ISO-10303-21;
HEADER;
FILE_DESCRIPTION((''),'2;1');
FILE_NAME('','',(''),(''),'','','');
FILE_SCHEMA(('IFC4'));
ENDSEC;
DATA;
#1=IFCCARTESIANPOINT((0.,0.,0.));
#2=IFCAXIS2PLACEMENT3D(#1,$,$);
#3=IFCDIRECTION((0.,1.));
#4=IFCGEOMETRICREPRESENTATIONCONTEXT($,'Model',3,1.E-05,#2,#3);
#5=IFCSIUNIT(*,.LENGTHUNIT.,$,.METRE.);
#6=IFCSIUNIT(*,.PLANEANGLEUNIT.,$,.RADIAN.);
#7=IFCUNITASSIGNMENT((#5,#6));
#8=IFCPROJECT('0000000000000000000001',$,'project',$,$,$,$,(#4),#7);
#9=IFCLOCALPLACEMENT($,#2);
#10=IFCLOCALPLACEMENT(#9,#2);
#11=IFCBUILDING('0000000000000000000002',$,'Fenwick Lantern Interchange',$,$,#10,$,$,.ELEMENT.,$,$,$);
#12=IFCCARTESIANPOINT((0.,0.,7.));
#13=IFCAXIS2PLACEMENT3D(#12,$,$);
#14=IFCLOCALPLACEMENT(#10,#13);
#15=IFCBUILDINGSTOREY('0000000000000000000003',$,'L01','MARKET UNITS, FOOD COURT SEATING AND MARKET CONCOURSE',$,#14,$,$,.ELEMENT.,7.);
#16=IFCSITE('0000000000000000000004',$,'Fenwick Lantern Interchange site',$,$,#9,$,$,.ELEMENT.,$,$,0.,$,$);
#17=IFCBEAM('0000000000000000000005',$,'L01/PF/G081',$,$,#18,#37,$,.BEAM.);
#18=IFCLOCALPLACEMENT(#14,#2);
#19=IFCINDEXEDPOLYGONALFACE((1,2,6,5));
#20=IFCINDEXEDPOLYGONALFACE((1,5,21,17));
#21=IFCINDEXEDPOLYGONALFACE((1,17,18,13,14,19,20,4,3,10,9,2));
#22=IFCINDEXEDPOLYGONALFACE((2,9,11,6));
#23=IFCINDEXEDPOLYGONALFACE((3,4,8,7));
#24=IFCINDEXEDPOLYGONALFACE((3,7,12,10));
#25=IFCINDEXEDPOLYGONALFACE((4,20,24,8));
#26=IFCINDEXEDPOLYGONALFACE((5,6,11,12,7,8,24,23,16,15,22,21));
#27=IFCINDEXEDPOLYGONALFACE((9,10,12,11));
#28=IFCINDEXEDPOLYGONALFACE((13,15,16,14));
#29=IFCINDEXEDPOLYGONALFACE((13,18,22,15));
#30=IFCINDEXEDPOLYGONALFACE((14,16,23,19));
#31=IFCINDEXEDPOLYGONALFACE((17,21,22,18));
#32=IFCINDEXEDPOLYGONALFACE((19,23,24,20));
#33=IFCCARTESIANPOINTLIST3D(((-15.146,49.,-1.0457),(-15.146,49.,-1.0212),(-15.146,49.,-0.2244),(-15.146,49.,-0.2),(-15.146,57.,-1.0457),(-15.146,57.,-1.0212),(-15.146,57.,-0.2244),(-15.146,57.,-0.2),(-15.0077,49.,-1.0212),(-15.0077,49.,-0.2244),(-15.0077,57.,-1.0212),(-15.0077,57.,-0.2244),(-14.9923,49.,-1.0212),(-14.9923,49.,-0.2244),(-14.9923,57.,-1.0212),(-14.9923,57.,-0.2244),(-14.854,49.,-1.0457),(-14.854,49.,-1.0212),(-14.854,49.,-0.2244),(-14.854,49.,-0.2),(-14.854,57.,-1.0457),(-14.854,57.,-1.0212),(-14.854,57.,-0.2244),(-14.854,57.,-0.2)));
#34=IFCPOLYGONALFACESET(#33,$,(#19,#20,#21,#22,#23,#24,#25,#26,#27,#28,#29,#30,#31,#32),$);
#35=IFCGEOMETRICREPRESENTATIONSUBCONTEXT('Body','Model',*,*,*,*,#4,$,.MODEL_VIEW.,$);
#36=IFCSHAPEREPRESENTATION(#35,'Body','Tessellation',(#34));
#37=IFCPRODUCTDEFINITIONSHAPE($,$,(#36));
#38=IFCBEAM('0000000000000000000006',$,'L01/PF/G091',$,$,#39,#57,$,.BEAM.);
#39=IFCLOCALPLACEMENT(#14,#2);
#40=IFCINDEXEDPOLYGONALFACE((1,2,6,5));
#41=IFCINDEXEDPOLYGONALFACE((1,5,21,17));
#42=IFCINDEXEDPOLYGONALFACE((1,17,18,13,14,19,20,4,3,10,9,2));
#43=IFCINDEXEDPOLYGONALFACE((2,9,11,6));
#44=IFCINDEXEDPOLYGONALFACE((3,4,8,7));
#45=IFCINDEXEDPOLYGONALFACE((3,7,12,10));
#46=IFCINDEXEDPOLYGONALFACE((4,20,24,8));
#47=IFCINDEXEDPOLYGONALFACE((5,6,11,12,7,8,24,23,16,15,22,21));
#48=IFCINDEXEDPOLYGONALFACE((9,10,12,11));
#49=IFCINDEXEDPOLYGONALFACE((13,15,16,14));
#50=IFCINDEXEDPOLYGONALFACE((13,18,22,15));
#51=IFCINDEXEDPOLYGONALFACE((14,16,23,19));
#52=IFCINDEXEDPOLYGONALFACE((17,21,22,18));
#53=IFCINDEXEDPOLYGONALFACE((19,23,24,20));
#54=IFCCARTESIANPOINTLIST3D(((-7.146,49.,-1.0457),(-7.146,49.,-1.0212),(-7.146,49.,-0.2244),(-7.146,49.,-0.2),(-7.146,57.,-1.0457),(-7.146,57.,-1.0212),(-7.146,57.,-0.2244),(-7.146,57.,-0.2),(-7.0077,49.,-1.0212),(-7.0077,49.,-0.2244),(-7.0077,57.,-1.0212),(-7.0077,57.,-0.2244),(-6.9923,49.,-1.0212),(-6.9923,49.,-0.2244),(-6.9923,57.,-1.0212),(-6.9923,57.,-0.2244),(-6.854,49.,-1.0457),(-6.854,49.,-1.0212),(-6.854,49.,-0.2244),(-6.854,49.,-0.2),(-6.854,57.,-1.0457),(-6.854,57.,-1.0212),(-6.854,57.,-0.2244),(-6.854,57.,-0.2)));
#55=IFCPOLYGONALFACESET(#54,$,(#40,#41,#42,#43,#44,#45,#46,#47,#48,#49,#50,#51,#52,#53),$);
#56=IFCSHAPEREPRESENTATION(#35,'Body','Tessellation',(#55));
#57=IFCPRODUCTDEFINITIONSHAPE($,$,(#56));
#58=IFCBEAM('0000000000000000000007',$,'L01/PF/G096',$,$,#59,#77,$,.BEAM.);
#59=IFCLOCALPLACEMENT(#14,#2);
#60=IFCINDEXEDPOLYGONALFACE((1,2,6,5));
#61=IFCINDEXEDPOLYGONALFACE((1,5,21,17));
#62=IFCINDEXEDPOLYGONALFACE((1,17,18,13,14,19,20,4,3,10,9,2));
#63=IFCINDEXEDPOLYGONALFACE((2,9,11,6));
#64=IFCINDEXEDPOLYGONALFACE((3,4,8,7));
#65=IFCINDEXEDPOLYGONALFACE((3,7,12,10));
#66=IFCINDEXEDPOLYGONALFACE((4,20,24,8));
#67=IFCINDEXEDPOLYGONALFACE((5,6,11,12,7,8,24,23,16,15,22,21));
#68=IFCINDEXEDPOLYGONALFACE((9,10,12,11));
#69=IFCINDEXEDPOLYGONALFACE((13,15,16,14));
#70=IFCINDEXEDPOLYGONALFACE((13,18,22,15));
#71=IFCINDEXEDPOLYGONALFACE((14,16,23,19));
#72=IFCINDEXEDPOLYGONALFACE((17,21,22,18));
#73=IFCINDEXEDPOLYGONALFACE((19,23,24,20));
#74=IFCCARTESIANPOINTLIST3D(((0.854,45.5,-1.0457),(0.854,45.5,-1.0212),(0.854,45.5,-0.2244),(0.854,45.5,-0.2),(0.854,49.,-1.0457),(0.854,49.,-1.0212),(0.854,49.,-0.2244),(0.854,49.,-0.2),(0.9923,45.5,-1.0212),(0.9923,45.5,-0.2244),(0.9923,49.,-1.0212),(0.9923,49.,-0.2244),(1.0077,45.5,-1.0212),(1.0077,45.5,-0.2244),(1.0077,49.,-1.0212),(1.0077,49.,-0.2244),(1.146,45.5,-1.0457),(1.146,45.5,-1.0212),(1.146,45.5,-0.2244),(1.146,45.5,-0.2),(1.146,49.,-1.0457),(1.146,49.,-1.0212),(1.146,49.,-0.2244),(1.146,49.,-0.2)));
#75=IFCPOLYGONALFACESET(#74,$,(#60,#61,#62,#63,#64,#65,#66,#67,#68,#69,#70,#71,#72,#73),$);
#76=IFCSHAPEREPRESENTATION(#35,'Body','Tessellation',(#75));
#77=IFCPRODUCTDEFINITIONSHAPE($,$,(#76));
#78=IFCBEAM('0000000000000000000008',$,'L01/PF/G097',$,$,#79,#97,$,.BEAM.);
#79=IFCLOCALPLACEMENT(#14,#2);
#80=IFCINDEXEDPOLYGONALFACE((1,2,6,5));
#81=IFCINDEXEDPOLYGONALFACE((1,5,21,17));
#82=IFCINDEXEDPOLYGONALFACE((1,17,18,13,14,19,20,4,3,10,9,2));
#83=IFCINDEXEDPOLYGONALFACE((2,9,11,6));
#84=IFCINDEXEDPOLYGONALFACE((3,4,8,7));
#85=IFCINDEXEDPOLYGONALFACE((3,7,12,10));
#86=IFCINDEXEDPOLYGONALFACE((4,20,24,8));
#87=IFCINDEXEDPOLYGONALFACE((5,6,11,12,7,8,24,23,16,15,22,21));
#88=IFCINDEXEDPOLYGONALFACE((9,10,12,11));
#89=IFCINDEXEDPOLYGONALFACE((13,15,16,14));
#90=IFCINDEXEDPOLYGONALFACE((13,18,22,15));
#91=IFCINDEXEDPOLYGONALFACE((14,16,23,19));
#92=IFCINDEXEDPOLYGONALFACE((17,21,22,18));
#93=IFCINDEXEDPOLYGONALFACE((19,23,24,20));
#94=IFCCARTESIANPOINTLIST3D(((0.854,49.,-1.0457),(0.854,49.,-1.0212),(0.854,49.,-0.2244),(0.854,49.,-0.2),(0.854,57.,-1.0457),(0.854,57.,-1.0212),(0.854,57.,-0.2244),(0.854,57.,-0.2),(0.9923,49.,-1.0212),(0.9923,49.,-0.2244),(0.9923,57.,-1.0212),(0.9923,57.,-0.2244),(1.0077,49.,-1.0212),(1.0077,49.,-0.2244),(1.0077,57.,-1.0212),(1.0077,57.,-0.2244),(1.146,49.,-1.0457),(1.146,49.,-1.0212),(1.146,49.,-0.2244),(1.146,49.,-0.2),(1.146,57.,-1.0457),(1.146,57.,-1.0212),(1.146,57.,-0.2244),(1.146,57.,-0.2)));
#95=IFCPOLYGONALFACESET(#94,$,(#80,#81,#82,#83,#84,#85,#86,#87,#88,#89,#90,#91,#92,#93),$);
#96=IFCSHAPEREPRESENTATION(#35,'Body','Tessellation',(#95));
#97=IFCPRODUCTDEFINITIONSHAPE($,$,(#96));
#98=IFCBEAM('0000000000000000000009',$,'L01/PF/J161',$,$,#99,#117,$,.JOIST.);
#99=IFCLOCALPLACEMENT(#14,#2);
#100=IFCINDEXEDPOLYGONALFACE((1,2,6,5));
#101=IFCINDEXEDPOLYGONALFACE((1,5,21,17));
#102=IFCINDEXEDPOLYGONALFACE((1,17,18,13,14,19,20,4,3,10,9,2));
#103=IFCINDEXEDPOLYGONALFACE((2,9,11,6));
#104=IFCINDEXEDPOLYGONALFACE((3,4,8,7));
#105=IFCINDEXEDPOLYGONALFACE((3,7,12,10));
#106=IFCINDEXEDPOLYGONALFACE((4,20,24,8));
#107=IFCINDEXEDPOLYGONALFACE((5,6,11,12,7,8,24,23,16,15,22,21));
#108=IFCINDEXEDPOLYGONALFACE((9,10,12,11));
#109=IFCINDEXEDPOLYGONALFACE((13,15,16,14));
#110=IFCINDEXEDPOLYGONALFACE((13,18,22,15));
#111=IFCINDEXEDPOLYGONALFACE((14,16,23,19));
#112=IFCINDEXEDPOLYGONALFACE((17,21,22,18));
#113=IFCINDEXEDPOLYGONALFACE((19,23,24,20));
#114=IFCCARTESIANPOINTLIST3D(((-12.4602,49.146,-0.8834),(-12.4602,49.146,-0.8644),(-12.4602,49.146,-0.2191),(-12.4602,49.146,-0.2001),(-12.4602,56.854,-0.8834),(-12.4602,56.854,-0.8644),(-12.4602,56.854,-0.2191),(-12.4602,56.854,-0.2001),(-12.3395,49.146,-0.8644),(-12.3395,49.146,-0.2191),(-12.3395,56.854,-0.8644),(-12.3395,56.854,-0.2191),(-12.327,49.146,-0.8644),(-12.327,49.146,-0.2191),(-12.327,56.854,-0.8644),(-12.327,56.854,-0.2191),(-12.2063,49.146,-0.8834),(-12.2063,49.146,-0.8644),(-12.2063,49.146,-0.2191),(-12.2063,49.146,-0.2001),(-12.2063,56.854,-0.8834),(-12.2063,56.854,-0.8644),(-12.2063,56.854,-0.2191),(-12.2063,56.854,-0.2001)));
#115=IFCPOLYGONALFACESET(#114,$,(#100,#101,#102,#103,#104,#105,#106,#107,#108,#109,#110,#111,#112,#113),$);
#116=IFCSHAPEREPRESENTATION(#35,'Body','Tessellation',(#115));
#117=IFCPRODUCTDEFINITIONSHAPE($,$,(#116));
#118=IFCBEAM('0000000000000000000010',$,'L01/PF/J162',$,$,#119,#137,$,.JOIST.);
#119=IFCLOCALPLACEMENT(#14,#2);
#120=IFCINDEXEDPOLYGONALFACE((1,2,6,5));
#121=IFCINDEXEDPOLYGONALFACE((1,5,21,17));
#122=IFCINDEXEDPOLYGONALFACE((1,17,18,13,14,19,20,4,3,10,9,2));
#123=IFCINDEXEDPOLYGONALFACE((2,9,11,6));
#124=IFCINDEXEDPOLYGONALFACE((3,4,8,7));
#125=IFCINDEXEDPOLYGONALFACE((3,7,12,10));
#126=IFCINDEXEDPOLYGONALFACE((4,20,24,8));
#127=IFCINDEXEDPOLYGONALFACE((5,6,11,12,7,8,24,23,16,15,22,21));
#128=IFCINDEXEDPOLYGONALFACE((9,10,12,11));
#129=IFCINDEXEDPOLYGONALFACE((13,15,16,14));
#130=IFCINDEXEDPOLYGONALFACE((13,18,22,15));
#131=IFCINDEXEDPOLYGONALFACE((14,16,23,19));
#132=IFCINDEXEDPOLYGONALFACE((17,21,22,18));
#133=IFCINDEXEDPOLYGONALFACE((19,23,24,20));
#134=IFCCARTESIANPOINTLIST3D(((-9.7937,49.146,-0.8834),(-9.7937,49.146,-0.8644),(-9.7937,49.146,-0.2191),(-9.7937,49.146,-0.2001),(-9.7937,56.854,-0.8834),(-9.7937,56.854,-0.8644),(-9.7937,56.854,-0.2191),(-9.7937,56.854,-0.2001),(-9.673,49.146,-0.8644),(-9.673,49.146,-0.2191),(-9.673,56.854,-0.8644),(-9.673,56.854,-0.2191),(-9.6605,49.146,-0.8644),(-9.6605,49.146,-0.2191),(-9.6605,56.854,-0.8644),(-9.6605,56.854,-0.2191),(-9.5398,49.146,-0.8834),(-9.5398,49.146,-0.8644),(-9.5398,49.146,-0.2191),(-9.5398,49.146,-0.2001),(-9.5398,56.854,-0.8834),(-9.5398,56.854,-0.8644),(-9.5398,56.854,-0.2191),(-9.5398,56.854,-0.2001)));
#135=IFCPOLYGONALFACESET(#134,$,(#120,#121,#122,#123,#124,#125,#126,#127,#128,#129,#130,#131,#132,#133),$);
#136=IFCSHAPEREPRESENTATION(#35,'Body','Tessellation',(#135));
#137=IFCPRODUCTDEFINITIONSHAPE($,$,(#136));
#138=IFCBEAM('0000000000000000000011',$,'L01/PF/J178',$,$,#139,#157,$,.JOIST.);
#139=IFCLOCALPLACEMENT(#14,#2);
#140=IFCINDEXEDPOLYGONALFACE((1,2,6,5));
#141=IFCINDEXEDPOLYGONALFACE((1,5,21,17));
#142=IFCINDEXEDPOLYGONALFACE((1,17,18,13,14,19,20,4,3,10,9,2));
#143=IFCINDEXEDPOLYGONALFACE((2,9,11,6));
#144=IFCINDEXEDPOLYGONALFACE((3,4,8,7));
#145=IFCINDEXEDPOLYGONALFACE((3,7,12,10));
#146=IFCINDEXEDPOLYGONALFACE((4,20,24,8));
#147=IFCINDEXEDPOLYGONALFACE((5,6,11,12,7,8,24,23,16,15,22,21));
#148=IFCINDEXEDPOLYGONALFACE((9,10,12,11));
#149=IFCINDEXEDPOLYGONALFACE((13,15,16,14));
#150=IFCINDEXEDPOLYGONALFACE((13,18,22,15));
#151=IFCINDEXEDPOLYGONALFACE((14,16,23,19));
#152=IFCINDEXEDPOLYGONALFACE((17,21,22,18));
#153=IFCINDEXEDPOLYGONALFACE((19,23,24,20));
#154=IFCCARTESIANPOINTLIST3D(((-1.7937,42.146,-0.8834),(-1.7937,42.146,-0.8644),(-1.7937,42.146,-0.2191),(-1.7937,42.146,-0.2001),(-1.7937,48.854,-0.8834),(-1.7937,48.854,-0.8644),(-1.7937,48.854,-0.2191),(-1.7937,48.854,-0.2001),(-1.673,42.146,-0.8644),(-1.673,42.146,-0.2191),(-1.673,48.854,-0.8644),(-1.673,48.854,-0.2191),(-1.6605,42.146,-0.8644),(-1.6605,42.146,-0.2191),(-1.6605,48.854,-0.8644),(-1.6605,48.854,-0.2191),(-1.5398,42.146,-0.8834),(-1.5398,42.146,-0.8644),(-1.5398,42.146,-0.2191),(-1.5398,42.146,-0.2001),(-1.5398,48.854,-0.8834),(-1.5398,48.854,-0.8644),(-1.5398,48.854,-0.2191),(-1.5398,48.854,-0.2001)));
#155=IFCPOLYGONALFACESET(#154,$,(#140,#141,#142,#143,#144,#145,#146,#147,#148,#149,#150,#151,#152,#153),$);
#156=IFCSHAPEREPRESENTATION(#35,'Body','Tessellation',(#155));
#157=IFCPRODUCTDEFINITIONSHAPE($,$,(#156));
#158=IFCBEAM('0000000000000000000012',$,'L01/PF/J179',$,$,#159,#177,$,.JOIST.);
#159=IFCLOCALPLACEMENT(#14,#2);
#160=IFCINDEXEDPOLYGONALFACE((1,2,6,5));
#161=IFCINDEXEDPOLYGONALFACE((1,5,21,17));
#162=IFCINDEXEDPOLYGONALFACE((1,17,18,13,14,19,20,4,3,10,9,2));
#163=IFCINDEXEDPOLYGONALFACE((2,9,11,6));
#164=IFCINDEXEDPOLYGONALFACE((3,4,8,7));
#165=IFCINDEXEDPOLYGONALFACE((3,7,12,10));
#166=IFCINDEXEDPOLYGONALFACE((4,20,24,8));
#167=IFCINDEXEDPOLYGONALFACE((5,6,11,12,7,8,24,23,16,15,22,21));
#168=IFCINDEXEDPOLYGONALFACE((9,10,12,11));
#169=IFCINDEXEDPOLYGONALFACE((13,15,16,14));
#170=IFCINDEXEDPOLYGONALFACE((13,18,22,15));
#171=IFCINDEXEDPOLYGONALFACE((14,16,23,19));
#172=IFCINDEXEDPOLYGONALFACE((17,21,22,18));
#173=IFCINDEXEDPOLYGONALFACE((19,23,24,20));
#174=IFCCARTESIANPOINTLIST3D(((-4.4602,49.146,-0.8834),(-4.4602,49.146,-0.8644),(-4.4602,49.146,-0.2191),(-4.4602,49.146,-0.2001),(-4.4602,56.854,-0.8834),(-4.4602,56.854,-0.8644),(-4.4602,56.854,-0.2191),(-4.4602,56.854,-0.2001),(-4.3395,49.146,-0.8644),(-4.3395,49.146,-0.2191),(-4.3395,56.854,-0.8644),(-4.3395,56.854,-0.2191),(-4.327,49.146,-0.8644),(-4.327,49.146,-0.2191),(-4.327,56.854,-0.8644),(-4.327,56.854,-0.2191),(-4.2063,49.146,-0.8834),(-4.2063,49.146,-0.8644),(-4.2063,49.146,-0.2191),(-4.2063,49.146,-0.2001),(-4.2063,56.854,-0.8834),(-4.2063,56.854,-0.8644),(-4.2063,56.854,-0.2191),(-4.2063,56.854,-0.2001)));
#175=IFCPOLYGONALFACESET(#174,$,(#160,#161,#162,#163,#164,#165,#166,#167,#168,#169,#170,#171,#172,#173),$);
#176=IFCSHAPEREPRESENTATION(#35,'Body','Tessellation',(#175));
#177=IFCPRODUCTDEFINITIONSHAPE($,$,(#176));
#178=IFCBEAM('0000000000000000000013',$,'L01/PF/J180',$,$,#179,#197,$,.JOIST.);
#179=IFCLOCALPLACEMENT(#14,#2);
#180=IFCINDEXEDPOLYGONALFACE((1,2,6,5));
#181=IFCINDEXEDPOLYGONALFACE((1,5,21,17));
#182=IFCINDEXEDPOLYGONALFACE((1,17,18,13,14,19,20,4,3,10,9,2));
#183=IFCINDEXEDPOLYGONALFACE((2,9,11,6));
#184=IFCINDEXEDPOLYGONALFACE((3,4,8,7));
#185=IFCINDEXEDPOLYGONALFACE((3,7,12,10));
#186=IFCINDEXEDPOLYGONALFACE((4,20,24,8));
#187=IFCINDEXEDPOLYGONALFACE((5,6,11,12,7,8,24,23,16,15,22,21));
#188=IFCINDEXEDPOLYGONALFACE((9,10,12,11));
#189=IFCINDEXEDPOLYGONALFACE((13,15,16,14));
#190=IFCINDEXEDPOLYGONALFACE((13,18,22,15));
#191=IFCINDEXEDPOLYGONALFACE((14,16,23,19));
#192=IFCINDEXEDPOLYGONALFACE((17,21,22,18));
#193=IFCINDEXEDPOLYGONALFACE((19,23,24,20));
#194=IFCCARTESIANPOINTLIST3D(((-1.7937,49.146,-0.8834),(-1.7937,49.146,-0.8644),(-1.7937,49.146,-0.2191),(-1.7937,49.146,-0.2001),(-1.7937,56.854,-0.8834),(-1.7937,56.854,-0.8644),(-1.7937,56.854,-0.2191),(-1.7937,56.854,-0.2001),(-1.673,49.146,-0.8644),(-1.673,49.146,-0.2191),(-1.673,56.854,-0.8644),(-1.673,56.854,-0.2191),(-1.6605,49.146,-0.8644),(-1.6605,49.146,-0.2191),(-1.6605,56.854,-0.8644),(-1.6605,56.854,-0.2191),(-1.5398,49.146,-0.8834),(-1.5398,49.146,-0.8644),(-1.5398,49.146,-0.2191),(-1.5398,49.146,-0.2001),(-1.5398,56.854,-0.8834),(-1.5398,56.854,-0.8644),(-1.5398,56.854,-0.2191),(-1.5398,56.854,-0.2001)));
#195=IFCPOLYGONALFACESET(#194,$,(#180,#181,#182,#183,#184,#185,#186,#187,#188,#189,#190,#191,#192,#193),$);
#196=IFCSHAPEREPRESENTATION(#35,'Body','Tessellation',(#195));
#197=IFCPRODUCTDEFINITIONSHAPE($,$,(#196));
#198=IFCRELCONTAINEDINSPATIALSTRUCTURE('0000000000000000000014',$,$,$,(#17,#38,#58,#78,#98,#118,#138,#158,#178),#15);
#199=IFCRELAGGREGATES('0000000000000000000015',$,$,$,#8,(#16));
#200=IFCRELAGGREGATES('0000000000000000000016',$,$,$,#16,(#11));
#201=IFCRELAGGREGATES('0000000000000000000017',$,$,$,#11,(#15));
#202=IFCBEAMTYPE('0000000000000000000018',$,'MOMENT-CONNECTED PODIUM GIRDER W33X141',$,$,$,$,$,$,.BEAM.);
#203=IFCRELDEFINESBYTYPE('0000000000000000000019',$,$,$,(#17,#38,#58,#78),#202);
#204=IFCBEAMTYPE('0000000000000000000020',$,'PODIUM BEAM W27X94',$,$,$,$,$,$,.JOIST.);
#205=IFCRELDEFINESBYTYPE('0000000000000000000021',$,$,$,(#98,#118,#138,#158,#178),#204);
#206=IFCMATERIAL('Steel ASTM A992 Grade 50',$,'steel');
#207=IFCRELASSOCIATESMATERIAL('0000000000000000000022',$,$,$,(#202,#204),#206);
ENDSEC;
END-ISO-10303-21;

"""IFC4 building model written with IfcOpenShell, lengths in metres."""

from ifc_helpers import new_model, si_unit, direction, frame, origin, origin_2d, place, context, subcontext, project, spatial, i_section, extrude, material, material_profile, profile_set, type_object, element, save


model = new_model("IFC4")

# Units and contexts
model_context = context("Model", 3, precision=1e-05, world=origin(), true_north=direction((0.0, 1.0)))
body_context = subcontext(model_context, "Body", "Model", "MODEL_VIEW")
ifc_project = project(units=[si_unit("LENGTHUNIT", "METRE"), si_unit("PLANEANGLEUNIT", "RADIAN")], contexts=[model_context])

# Site, building, storey
site_placement = place(None, origin())
site = spatial("IfcSite", under=ifc_project, at=site_placement, Name="Fenwick Lantern Interchange site", CompositionType="ELEMENT", RefElevation=0.0)
building_placement = place(site_placement, origin())
building = spatial("IfcBuilding", under=site, at=building_placement, Name="Fenwick Lantern Interchange", CompositionType="ELEMENT")
storey_placement = place(building_placement, frame((0.0, 0.0, 7.0)))
storey = spatial("IfcBuildingStorey", under=building, at=storey_placement, Name="L01", Description="MARKET UNITS, FOOD COURT SEATING AND MARKET CONCOURSE", CompositionType="ELEMENT", Elevation=7.0)

# Shared definitions
ifc_material_1 = material(Name="Steel ASTM A992 Grade 50", Category="steel")

# Beams
ifc_material_profile_1 = material_profile(ifc_material_1, i_section(OverallWidth=0.292, OverallDepth=0.8457, WebThickness=0.0154, FlangeThickness=0.0244, at=origin_2d()), Name="W33X141")
ifc_profile_set_1 = profile_set([ifc_material_profile_1], Name="Steel ASTM A992 Grade 50")
beam_type_1 = type_object("IfcBeamType", Name="MOMENT-CONNECTED PODIUM GIRDER W33X141", PredefinedType="BEAM", material=ifc_profile_set_1)
for number, where, z_axis, x_axis, name in (
    (1, (-15.0, 49.0, -0.6228), (0.0, 1.0, 0.0), (-1.0, 0.0, 0.0), "L01/PF/G081"),
    (2, (-7.0, 49.0, -0.6228), (0.0, 1.0, 0.0), (-1.0, 0.0, 0.0), "L01/PF/G091"),
):
    element("IfcBeam", number, at=place(storey_placement, frame(where, z_axis=z_axis, x_axis=x_axis)), inside=storey, type_object=beam_type_1, Name=name, PredefinedType="BEAM", context=body_context, shape_type="SweptSolid", body=[
        extrude(i_section(OverallWidth=0.292, OverallDepth=0.8457, WebThickness=0.0154, FlangeThickness=0.0244, at=origin_2d()), origin(), (0.0, 0.0, 1.0), 8.0),
    ])
beam_1_placement = place(storey_placement, frame((1.0, 45.5, -0.6228), z_axis=(0.0, 1.0, 0.0), x_axis=(-1.0, 0.0, 0.0)))
element("IfcBeam", 3, at=beam_1_placement, inside=storey, type_object=beam_type_1, Name="L01/PF/G096", PredefinedType="BEAM", context=body_context, shape_type="SweptSolid", body=[
    extrude(i_section(OverallWidth=0.292, OverallDepth=0.8457, WebThickness=0.0154, FlangeThickness=0.0244, at=origin_2d()), origin(), (0.0, 0.0, 1.0), 3.5),
])
beam_2_placement = place(storey_placement, frame((1.0, 49.0, -0.6228), z_axis=(0.0, 1.0, 0.0), x_axis=(-1.0, 0.0, 0.0)))
element("IfcBeam", 4, at=beam_2_placement, inside=storey, type_object=beam_type_1, Name="L01/PF/G097", PredefinedType="BEAM", context=body_context, shape_type="SweptSolid", body=[
    extrude(i_section(OverallWidth=0.292, OverallDepth=0.8457, WebThickness=0.0154, FlangeThickness=0.0244, at=origin_2d()), origin(), (0.0, 0.0, 1.0), 8.0),
])
ifc_material_profile_2 = material_profile(ifc_material_1, i_section(OverallWidth=0.2539, OverallDepth=0.6833, WebThickness=0.0125, FlangeThickness=0.019, at=origin_2d()), Name="W27X94")
ifc_profile_set_2 = profile_set([ifc_material_profile_2], Name="Steel ASTM A992 Grade 50")
beam_type_2 = type_object("IfcBeamType", Name="PODIUM BEAM W27X94", PredefinedType="JOIST", material=ifc_profile_set_2)
for number, where, z_axis, x_axis, name in (
    (5, (-12.3333, 49.146, -0.5417), (0.0, 1.0, 0.0), (-1.0, 0.0, 0.0), "L01/PF/J161"),
    (6, (-9.6667, 49.146, -0.5417), (0.0, 1.0, 0.0), (-1.0, 0.0, 0.0), "L01/PF/J162"),
):
    element("IfcBeam", number, at=place(storey_placement, frame(where, z_axis=z_axis, x_axis=x_axis)), inside=storey, type_object=beam_type_2, Name=name, PredefinedType="JOIST", context=body_context, shape_type="SweptSolid", body=[
        extrude(i_section(OverallWidth=0.2539, OverallDepth=0.6833, WebThickness=0.0125, FlangeThickness=0.019, at=origin_2d()), origin(), (0.0, 0.0, 1.0), 7.708),
    ])
beam_3_placement = place(storey_placement, frame((-1.6667, 42.146, -0.5417), z_axis=(0.0, 1.0, 0.0), x_axis=(-1.0, 0.0, 0.0)))
element("IfcBeam", 7, at=beam_3_placement, inside=storey, type_object=beam_type_2, Name="L01/PF/J178", PredefinedType="JOIST", context=body_context, shape_type="SweptSolid", body=[
    extrude(i_section(OverallWidth=0.2539, OverallDepth=0.6833, WebThickness=0.0125, FlangeThickness=0.019, at=origin_2d()), origin(), (0.0, 0.0, 1.0), 6.708),
])
for number, where, z_axis, x_axis, name in (
    (8, (-4.3333, 49.146, -0.5417), (0.0, 1.0, 0.0), (-1.0, 0.0, 0.0), "L01/PF/J179"),
    (9, (-1.6667, 49.146, -0.5417), (0.0, 1.0, 0.0), (-1.0, 0.0, 0.0), "L01/PF/J180"),
):
    element("IfcBeam", number, at=place(storey_placement, frame(where, z_axis=z_axis, x_axis=x_axis)), inside=storey, type_object=beam_type_2, Name=name, PredefinedType="JOIST", context=body_context, shape_type="SweptSolid", body=[
        extrude(i_section(OverallWidth=0.2539, OverallDepth=0.6833, WebThickness=0.0125, FlangeThickness=0.019, at=origin_2d()), origin(), (0.0, 0.0, 1.0), 7.708),
    ])

save(model, "model.ifc")
